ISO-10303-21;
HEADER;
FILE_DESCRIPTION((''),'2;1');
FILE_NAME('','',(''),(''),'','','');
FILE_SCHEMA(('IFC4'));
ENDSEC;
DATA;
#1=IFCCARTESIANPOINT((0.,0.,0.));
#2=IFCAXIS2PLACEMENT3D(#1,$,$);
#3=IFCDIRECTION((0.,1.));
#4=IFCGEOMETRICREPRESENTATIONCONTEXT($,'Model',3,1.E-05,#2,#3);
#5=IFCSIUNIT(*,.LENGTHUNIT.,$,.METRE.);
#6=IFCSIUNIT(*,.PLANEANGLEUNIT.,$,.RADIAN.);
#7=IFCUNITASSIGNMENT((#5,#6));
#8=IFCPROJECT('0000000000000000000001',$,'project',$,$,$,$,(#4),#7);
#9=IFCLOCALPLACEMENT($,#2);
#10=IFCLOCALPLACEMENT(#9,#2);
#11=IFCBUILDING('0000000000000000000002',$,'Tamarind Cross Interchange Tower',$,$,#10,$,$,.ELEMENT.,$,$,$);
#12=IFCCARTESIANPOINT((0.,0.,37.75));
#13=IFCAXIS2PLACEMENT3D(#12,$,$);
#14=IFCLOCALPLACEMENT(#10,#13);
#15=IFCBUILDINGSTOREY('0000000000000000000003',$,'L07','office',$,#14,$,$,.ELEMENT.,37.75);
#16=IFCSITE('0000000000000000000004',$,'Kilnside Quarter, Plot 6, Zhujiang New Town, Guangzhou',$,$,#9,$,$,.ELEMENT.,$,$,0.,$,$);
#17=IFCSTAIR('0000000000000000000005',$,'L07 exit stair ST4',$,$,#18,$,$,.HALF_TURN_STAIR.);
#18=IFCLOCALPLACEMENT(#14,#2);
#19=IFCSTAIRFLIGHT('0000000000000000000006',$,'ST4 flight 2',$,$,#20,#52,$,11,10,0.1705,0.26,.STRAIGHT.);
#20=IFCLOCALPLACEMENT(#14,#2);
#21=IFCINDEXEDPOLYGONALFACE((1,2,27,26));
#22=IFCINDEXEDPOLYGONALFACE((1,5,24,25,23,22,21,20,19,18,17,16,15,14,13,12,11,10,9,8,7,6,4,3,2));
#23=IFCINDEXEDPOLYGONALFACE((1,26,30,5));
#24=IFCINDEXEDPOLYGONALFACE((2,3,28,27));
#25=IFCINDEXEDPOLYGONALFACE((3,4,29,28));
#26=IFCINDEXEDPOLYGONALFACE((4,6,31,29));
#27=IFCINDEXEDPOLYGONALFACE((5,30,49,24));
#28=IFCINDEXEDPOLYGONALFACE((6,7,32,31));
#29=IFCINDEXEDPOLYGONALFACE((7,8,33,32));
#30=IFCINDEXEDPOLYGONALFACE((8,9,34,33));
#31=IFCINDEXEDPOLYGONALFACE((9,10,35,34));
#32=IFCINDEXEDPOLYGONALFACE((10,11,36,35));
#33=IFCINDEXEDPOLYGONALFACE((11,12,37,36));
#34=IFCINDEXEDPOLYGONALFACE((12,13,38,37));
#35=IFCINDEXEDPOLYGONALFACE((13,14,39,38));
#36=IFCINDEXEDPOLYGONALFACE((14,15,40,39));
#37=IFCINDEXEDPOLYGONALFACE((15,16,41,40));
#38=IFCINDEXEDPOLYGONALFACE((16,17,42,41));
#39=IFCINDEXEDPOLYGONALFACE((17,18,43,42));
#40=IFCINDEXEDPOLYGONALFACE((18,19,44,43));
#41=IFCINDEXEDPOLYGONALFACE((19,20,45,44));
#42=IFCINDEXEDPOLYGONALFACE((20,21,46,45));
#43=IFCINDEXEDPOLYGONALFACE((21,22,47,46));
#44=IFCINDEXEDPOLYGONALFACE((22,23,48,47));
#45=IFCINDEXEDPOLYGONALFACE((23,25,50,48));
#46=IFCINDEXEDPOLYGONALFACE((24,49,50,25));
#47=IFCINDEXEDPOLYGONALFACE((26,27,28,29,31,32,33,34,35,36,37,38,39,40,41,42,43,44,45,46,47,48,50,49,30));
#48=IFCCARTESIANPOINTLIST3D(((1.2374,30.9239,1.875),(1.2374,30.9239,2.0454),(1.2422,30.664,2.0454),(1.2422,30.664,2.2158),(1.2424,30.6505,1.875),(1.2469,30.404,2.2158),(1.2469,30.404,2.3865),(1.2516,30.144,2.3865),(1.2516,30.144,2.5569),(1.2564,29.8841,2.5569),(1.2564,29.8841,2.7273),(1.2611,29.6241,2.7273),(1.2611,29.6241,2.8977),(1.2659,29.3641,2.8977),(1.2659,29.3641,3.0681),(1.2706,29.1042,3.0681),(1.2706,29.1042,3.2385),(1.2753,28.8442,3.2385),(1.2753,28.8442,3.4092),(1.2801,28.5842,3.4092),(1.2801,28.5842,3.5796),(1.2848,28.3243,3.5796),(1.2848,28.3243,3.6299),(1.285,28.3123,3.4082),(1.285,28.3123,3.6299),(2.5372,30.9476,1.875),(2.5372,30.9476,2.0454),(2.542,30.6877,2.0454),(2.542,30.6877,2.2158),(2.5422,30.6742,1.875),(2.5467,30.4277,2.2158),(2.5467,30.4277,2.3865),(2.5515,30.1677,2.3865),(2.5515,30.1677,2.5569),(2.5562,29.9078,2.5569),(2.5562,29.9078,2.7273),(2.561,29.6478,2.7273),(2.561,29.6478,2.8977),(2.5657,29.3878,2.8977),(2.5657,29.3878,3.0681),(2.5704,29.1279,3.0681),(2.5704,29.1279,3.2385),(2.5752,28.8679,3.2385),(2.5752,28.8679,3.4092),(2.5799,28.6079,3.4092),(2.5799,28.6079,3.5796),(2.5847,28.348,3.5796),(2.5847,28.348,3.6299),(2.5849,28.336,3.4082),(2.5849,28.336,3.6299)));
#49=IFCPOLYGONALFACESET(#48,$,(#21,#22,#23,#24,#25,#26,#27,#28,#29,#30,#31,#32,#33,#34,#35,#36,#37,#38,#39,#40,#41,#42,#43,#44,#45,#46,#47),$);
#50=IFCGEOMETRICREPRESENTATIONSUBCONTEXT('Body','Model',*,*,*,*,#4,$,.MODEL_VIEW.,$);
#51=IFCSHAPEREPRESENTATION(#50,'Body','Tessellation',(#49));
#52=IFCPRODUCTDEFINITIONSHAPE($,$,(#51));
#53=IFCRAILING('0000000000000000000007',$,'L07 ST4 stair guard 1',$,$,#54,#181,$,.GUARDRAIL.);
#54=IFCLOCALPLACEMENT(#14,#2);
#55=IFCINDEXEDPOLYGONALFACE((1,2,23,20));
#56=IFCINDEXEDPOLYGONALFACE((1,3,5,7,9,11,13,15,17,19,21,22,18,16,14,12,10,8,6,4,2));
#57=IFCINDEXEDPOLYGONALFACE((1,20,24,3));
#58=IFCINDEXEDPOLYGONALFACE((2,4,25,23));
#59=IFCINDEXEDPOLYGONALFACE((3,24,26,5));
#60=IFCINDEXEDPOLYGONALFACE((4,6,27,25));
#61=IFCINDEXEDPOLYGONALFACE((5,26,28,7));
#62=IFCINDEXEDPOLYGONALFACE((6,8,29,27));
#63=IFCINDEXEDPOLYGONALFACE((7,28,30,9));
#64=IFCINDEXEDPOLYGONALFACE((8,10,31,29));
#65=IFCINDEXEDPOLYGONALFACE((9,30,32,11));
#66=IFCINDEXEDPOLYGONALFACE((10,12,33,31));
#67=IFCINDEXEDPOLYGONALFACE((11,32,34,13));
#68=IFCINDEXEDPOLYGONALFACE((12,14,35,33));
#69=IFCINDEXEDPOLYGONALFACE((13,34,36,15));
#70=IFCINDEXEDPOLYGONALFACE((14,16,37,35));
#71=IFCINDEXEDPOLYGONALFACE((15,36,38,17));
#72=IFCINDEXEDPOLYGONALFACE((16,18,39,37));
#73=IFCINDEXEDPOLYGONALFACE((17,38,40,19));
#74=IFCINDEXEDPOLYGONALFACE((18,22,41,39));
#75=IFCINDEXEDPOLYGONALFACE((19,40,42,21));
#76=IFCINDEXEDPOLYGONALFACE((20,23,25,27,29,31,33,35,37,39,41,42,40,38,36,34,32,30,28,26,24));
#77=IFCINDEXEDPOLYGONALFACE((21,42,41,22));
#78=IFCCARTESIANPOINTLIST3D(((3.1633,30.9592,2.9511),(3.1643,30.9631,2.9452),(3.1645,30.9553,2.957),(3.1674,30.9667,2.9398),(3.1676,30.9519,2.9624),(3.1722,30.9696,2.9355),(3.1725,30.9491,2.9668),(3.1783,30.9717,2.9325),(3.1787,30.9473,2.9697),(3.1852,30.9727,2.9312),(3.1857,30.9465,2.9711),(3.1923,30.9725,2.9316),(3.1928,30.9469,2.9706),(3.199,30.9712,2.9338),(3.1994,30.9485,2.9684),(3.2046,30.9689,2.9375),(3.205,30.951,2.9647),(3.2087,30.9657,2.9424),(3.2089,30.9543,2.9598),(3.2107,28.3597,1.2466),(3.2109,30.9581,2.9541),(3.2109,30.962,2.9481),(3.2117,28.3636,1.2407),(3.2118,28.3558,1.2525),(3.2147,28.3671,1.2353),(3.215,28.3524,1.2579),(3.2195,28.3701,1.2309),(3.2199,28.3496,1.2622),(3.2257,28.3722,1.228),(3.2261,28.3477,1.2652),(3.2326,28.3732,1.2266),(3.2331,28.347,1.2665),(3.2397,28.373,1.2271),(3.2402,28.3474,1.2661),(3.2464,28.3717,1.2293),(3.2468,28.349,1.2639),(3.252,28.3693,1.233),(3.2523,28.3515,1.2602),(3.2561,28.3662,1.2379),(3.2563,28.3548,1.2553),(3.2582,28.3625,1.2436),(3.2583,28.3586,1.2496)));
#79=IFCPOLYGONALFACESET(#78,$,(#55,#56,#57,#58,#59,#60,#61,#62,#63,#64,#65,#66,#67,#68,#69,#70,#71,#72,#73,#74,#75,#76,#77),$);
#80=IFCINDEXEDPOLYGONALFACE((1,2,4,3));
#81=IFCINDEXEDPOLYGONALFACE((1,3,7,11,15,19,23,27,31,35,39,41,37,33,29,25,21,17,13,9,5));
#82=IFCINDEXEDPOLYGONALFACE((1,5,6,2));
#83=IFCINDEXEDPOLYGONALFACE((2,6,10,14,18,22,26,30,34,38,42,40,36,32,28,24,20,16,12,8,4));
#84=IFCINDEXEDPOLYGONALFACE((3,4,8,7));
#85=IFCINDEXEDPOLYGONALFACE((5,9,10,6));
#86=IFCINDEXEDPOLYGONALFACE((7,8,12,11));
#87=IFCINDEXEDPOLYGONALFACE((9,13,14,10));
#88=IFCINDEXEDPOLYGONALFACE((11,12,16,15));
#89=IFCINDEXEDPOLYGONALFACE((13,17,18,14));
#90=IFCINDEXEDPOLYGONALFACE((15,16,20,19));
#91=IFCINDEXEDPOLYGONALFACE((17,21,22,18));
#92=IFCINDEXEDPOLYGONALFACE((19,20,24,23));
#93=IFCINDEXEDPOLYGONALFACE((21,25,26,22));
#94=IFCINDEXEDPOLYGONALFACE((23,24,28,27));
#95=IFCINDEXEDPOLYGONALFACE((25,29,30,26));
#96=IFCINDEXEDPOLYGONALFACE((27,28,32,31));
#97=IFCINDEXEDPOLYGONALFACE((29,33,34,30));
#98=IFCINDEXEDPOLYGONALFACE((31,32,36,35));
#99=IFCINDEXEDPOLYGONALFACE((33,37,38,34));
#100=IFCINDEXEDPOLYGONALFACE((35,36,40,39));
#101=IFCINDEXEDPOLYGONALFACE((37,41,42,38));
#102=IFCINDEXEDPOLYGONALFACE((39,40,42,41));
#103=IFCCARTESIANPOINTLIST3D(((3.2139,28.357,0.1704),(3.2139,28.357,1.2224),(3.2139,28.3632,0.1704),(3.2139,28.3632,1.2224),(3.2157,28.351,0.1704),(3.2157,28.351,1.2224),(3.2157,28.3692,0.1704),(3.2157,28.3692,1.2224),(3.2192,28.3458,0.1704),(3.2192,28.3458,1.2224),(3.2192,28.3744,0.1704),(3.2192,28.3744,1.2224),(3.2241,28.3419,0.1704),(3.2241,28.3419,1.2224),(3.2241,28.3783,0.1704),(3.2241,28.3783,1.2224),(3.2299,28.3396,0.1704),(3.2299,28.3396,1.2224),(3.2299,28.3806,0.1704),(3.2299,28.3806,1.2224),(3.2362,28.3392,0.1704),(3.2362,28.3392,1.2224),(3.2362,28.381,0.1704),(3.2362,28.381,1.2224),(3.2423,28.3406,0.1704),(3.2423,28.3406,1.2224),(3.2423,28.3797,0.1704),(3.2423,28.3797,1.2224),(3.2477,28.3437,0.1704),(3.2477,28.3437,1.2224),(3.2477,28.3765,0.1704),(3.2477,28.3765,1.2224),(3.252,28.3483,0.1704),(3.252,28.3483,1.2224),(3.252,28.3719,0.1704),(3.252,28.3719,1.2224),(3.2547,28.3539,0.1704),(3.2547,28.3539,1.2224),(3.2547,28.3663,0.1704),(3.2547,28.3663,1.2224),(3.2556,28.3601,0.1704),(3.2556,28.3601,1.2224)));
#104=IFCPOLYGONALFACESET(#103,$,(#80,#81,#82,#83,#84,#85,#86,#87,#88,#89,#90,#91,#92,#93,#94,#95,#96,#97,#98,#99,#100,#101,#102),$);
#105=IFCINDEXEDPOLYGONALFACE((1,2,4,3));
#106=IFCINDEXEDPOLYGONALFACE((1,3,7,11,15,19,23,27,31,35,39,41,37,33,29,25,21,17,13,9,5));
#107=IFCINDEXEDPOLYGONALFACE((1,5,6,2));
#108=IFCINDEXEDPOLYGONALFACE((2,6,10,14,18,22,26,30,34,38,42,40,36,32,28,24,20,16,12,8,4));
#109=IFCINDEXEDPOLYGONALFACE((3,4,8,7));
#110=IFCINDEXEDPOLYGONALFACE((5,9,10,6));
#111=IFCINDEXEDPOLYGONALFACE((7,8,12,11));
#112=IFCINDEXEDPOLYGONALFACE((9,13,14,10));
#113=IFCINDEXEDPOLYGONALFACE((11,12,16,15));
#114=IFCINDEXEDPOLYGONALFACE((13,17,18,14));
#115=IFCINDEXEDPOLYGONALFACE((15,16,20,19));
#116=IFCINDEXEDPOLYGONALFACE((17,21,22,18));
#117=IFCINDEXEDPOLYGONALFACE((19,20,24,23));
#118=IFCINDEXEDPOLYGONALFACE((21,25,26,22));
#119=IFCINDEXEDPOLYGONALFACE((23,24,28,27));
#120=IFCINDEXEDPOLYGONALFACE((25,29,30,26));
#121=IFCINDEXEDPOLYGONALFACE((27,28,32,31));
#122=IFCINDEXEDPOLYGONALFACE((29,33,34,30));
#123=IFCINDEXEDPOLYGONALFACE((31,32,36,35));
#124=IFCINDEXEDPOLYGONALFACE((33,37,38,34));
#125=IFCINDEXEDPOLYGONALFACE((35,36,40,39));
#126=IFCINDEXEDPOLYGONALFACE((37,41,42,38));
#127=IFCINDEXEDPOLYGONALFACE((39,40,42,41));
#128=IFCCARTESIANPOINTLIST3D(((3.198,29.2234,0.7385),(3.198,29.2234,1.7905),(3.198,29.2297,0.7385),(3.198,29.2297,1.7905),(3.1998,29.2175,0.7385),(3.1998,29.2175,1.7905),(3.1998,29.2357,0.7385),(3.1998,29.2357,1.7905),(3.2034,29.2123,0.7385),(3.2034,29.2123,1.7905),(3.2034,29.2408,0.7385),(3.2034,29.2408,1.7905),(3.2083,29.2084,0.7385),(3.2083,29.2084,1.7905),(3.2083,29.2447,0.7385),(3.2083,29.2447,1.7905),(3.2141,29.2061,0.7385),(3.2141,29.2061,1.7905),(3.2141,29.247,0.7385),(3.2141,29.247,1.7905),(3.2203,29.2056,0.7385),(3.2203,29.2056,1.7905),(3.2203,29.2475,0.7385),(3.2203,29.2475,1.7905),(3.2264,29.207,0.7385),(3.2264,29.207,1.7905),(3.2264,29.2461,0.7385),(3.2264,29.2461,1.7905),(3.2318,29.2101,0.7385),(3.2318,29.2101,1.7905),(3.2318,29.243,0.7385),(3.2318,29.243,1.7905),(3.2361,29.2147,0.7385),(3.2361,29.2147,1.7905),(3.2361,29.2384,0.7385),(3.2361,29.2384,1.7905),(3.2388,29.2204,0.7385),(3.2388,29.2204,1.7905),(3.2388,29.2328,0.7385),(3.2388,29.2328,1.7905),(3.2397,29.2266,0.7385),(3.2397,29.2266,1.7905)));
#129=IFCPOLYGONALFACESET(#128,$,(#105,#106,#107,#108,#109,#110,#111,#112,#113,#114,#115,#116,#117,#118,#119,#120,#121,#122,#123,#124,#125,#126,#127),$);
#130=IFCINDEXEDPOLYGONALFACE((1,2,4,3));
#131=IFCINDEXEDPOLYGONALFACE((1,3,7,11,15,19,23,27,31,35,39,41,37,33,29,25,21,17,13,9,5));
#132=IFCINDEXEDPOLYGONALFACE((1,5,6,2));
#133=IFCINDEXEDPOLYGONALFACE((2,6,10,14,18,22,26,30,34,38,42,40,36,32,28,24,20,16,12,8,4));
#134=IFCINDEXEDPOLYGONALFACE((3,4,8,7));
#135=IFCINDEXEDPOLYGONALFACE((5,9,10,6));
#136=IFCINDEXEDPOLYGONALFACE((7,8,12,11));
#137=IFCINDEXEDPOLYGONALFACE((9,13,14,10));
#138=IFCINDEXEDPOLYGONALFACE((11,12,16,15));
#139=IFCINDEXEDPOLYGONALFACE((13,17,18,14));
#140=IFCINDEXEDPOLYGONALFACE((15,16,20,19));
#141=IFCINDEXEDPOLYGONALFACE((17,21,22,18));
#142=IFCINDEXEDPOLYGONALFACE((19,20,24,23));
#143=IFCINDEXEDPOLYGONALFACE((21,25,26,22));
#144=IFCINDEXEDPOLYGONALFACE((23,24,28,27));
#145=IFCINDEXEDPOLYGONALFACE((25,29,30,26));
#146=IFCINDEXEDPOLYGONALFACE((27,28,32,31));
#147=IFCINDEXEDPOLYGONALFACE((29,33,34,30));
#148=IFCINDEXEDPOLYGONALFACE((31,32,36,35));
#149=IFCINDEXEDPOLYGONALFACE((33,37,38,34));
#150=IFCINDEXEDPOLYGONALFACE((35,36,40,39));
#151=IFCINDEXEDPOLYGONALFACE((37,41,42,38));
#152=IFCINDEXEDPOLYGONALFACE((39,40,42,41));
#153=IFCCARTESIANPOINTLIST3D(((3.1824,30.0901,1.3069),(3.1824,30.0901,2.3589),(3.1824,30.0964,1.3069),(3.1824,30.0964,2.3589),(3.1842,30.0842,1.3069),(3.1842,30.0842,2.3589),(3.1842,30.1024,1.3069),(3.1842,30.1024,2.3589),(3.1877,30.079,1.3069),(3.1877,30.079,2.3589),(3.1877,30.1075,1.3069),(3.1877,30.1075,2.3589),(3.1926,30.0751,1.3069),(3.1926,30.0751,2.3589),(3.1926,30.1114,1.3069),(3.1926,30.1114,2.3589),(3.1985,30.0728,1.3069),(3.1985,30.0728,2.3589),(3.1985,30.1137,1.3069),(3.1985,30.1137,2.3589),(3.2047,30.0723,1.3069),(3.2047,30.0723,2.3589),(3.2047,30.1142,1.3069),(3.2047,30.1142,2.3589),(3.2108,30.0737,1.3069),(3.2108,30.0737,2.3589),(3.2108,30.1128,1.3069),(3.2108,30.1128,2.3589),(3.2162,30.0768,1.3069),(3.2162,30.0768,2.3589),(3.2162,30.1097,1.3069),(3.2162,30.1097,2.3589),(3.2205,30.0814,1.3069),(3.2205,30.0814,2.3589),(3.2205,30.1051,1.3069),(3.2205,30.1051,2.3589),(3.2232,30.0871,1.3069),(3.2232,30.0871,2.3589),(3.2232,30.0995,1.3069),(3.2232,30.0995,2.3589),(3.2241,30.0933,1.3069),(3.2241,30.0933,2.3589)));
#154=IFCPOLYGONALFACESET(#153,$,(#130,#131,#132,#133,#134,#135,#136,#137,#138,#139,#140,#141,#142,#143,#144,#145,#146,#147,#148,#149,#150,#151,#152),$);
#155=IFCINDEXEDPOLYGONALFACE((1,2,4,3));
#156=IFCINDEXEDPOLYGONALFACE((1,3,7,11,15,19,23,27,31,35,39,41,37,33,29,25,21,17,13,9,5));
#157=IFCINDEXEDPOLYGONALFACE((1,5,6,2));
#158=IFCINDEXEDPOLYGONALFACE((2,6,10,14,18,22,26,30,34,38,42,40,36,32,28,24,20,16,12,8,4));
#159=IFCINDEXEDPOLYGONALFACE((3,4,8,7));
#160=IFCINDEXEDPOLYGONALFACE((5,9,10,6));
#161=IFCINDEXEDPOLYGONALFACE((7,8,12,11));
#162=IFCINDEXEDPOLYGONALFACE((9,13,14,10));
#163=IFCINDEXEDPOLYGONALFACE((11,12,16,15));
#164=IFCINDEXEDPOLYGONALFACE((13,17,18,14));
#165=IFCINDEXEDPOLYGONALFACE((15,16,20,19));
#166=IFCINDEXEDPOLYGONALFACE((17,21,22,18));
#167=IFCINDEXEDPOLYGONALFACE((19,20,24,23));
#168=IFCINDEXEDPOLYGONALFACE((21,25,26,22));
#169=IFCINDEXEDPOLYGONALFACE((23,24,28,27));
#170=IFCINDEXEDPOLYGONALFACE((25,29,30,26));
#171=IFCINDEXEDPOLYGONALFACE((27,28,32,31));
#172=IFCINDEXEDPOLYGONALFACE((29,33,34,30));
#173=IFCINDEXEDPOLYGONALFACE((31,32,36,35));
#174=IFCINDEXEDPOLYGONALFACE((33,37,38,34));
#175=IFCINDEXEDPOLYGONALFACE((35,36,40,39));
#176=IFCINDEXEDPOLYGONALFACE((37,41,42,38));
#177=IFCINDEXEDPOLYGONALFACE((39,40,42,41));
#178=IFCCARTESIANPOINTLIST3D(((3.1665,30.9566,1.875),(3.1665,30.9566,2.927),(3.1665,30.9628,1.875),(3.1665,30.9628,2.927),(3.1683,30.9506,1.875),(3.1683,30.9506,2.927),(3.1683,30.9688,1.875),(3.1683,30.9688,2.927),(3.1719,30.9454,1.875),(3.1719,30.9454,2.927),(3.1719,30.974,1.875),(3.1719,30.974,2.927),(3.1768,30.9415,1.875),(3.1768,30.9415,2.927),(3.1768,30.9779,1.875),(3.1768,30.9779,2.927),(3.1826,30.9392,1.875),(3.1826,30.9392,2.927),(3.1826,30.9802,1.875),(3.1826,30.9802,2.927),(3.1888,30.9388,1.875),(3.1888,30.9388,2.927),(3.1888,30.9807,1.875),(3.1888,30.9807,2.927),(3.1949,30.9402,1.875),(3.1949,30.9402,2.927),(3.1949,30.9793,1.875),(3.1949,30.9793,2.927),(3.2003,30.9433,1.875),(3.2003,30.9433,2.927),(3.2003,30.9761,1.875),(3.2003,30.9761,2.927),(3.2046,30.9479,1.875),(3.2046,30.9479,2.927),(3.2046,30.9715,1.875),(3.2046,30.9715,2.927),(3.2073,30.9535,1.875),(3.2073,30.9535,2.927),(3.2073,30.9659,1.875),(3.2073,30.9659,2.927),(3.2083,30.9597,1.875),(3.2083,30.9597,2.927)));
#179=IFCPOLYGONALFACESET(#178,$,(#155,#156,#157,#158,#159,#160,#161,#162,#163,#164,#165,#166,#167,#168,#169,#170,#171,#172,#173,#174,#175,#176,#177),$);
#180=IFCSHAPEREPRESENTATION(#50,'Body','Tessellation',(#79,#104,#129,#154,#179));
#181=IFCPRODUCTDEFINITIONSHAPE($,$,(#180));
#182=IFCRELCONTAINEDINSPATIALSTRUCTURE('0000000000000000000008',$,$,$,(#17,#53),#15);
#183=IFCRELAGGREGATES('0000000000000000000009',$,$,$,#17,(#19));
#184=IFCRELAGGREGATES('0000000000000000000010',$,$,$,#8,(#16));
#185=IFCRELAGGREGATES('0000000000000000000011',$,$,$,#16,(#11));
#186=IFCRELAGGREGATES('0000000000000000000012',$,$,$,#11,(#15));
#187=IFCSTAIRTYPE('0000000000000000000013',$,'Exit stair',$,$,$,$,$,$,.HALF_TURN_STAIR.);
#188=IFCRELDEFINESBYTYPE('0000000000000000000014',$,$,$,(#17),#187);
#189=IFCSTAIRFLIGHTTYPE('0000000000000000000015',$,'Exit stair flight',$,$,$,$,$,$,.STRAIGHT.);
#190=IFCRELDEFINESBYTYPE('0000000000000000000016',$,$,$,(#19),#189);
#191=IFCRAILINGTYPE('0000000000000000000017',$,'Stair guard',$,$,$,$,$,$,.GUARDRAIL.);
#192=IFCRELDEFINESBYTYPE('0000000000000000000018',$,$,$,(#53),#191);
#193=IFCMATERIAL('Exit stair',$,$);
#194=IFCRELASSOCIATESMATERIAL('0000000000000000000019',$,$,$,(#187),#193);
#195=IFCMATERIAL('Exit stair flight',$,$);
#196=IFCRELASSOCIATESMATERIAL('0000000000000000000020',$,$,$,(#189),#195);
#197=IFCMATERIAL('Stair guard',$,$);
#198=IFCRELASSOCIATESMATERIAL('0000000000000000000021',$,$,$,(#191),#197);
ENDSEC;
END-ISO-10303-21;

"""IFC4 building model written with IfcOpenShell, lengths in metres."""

from ifc_helpers import new_model, si_unit, direction, frame, origin, origin_2d, place, context, subcontext, project, spatial, polyline, circle, outline, extrude, material, type_object, element, aggregate, save


model = new_model("IFC4")

# Units and contexts
model_context = context("Model", 3, precision=1e-05, world=origin(), true_north=direction((0.0, 1.0)))
body_context = subcontext(model_context, "Body", "Model", "MODEL_VIEW")
ifc_project = project(units=[si_unit("LENGTHUNIT", "METRE"), si_unit("PLANEANGLEUNIT", "RADIAN")], contexts=[model_context])

# Site, building, storey
site_placement = place(None, origin())
site = spatial("IfcSite", under=ifc_project, at=site_placement, Name="Kilnside Quarter, Plot 6, Zhujiang New Town, Guangzhou", CompositionType="ELEMENT", RefElevation=0.0)
building_placement = place(site_placement, origin())
building = spatial("IfcBuilding", under=site, at=building_placement, Name="Tamarind Cross Interchange Tower", CompositionType="ELEMENT")
storey_placement = place(building_placement, frame((0.0, 0.0, 37.75)))
storey = spatial("IfcBuildingStorey", under=building, at=storey_placement, Name="L07", Description="office", CompositionType="ELEMENT", Elevation=37.75)

# Stair, stair flight
ifc_material_1 = material(Name="Exit stair")
stair_type = type_object("IfcStairType", Name="Exit stair", PredefinedType="HALF_TURN_STAIR", material=ifc_material_1)
stair_placement = place(storey_placement, origin())
stair = element("IfcStair", 1, at=stair_placement, inside=storey, type_object=stair_type, Name="L07 exit stair ST4", PredefinedType="HALF_TURN_STAIR")
ifc_material_2 = material(Name="Exit stair flight")
stair_flight_type = type_object("IfcStairFlightType", Name="Exit stair flight", PredefinedType="STRAIGHT", material=ifc_material_2)
stair_flight_1_placement = place(storey_placement, frame((1.8875, 30.9358, 1.875), z_axis=(0.0, 0.0, 1.0), x_axis=(0.018234, -0.999834, 0.0)))
stair_flight_1 = element("IfcStairFlight", 2, at=stair_flight_1_placement, type_object=stair_flight_type, Name="ST4 flight 2", NumberOfRisers=11, NumberOfTreads=10, PredefinedType="STRAIGHT", RiserHeight=0.1705, TreadLength=0.26, context=body_context, shape_type="SweptSolid", body=[
    extrude(outline(polyline([(0.0, 0.0), (0.0, 0.1704), (0.26, 0.1704), (0.26, 0.3408), (0.52, 0.3408), (0.52, 0.5115), (0.78, 0.5115), (0.78, 0.6819), (1.04, 0.6819), (1.04, 0.8523), (1.3, 0.8523), (1.3, 1.0227), (1.5601, 1.0227), (1.5601, 1.1931), (1.8201, 1.1931), (1.8201, 1.3635), (2.0801, 1.3635), (2.0801, 1.5342), (2.3401, 1.5342), (2.3401, 1.7046), (2.6001, 1.7046), (2.6001, 1.7549), (2.6121, 1.7549), (2.6121, 1.5332), (0.2734, 0.0), (0.0, 0.0)])), frame((0.0, 0.6499, 0.0), z_axis=(0.0, -1.0, 0.0), x_axis=(1.0, 0.0, 0.0)), (0.0, 0.0, 1.0), 1.3),
])
aggregate(stair, [stair_flight_1])

# Railing
ifc_material_3 = material(Name="Stair guard")
railing_type_1 = type_object("IfcRailingType", Name="Stair guard", PredefinedType="GUARDRAIL", material=ifc_material_3)
railing_1_placement = place(storey_placement, frame((3.2346, 28.3601, 0.1704)))
element("IfcRailing", 3, at=railing_1_placement, inside=storey, type_object=railing_type_1, Name="L07 ST4 stair guard 1", PredefinedType="GUARDRAIL", context=body_context, shape_type="SweptSolid", body=[
    extrude(circle(Radius=0.0239, at=origin_2d()), frame((0.0, 0.0, 1.0762), z_axis=(-0.015234, 0.836158, 0.548277), x_axis=(-0.999834, -0.018216, 0.0)), (0.0, 0.0, 1.0), 3.1089),
    extrude(circle(Radius=0.021, at=origin_2d()), origin(), (0.0, 0.0, 1.0), 1.052),
    extrude(circle(Radius=0.021, at=origin_2d()), frame((-0.0159, 0.8665, 0.5681)), (0.0, 0.0, 1.0), 1.052),
    extrude(circle(Radius=0.021, at=origin_2d()), frame((-0.0315, 1.7332, 1.1365)), (0.0, 0.0, 1.0), 1.052),
    extrude(circle(Radius=0.021, at=origin_2d()), frame((-0.0474, 2.5996, 1.7046)), (0.0, 0.0, 1.0), 1.052),
])

save(model, "model.ifc")
